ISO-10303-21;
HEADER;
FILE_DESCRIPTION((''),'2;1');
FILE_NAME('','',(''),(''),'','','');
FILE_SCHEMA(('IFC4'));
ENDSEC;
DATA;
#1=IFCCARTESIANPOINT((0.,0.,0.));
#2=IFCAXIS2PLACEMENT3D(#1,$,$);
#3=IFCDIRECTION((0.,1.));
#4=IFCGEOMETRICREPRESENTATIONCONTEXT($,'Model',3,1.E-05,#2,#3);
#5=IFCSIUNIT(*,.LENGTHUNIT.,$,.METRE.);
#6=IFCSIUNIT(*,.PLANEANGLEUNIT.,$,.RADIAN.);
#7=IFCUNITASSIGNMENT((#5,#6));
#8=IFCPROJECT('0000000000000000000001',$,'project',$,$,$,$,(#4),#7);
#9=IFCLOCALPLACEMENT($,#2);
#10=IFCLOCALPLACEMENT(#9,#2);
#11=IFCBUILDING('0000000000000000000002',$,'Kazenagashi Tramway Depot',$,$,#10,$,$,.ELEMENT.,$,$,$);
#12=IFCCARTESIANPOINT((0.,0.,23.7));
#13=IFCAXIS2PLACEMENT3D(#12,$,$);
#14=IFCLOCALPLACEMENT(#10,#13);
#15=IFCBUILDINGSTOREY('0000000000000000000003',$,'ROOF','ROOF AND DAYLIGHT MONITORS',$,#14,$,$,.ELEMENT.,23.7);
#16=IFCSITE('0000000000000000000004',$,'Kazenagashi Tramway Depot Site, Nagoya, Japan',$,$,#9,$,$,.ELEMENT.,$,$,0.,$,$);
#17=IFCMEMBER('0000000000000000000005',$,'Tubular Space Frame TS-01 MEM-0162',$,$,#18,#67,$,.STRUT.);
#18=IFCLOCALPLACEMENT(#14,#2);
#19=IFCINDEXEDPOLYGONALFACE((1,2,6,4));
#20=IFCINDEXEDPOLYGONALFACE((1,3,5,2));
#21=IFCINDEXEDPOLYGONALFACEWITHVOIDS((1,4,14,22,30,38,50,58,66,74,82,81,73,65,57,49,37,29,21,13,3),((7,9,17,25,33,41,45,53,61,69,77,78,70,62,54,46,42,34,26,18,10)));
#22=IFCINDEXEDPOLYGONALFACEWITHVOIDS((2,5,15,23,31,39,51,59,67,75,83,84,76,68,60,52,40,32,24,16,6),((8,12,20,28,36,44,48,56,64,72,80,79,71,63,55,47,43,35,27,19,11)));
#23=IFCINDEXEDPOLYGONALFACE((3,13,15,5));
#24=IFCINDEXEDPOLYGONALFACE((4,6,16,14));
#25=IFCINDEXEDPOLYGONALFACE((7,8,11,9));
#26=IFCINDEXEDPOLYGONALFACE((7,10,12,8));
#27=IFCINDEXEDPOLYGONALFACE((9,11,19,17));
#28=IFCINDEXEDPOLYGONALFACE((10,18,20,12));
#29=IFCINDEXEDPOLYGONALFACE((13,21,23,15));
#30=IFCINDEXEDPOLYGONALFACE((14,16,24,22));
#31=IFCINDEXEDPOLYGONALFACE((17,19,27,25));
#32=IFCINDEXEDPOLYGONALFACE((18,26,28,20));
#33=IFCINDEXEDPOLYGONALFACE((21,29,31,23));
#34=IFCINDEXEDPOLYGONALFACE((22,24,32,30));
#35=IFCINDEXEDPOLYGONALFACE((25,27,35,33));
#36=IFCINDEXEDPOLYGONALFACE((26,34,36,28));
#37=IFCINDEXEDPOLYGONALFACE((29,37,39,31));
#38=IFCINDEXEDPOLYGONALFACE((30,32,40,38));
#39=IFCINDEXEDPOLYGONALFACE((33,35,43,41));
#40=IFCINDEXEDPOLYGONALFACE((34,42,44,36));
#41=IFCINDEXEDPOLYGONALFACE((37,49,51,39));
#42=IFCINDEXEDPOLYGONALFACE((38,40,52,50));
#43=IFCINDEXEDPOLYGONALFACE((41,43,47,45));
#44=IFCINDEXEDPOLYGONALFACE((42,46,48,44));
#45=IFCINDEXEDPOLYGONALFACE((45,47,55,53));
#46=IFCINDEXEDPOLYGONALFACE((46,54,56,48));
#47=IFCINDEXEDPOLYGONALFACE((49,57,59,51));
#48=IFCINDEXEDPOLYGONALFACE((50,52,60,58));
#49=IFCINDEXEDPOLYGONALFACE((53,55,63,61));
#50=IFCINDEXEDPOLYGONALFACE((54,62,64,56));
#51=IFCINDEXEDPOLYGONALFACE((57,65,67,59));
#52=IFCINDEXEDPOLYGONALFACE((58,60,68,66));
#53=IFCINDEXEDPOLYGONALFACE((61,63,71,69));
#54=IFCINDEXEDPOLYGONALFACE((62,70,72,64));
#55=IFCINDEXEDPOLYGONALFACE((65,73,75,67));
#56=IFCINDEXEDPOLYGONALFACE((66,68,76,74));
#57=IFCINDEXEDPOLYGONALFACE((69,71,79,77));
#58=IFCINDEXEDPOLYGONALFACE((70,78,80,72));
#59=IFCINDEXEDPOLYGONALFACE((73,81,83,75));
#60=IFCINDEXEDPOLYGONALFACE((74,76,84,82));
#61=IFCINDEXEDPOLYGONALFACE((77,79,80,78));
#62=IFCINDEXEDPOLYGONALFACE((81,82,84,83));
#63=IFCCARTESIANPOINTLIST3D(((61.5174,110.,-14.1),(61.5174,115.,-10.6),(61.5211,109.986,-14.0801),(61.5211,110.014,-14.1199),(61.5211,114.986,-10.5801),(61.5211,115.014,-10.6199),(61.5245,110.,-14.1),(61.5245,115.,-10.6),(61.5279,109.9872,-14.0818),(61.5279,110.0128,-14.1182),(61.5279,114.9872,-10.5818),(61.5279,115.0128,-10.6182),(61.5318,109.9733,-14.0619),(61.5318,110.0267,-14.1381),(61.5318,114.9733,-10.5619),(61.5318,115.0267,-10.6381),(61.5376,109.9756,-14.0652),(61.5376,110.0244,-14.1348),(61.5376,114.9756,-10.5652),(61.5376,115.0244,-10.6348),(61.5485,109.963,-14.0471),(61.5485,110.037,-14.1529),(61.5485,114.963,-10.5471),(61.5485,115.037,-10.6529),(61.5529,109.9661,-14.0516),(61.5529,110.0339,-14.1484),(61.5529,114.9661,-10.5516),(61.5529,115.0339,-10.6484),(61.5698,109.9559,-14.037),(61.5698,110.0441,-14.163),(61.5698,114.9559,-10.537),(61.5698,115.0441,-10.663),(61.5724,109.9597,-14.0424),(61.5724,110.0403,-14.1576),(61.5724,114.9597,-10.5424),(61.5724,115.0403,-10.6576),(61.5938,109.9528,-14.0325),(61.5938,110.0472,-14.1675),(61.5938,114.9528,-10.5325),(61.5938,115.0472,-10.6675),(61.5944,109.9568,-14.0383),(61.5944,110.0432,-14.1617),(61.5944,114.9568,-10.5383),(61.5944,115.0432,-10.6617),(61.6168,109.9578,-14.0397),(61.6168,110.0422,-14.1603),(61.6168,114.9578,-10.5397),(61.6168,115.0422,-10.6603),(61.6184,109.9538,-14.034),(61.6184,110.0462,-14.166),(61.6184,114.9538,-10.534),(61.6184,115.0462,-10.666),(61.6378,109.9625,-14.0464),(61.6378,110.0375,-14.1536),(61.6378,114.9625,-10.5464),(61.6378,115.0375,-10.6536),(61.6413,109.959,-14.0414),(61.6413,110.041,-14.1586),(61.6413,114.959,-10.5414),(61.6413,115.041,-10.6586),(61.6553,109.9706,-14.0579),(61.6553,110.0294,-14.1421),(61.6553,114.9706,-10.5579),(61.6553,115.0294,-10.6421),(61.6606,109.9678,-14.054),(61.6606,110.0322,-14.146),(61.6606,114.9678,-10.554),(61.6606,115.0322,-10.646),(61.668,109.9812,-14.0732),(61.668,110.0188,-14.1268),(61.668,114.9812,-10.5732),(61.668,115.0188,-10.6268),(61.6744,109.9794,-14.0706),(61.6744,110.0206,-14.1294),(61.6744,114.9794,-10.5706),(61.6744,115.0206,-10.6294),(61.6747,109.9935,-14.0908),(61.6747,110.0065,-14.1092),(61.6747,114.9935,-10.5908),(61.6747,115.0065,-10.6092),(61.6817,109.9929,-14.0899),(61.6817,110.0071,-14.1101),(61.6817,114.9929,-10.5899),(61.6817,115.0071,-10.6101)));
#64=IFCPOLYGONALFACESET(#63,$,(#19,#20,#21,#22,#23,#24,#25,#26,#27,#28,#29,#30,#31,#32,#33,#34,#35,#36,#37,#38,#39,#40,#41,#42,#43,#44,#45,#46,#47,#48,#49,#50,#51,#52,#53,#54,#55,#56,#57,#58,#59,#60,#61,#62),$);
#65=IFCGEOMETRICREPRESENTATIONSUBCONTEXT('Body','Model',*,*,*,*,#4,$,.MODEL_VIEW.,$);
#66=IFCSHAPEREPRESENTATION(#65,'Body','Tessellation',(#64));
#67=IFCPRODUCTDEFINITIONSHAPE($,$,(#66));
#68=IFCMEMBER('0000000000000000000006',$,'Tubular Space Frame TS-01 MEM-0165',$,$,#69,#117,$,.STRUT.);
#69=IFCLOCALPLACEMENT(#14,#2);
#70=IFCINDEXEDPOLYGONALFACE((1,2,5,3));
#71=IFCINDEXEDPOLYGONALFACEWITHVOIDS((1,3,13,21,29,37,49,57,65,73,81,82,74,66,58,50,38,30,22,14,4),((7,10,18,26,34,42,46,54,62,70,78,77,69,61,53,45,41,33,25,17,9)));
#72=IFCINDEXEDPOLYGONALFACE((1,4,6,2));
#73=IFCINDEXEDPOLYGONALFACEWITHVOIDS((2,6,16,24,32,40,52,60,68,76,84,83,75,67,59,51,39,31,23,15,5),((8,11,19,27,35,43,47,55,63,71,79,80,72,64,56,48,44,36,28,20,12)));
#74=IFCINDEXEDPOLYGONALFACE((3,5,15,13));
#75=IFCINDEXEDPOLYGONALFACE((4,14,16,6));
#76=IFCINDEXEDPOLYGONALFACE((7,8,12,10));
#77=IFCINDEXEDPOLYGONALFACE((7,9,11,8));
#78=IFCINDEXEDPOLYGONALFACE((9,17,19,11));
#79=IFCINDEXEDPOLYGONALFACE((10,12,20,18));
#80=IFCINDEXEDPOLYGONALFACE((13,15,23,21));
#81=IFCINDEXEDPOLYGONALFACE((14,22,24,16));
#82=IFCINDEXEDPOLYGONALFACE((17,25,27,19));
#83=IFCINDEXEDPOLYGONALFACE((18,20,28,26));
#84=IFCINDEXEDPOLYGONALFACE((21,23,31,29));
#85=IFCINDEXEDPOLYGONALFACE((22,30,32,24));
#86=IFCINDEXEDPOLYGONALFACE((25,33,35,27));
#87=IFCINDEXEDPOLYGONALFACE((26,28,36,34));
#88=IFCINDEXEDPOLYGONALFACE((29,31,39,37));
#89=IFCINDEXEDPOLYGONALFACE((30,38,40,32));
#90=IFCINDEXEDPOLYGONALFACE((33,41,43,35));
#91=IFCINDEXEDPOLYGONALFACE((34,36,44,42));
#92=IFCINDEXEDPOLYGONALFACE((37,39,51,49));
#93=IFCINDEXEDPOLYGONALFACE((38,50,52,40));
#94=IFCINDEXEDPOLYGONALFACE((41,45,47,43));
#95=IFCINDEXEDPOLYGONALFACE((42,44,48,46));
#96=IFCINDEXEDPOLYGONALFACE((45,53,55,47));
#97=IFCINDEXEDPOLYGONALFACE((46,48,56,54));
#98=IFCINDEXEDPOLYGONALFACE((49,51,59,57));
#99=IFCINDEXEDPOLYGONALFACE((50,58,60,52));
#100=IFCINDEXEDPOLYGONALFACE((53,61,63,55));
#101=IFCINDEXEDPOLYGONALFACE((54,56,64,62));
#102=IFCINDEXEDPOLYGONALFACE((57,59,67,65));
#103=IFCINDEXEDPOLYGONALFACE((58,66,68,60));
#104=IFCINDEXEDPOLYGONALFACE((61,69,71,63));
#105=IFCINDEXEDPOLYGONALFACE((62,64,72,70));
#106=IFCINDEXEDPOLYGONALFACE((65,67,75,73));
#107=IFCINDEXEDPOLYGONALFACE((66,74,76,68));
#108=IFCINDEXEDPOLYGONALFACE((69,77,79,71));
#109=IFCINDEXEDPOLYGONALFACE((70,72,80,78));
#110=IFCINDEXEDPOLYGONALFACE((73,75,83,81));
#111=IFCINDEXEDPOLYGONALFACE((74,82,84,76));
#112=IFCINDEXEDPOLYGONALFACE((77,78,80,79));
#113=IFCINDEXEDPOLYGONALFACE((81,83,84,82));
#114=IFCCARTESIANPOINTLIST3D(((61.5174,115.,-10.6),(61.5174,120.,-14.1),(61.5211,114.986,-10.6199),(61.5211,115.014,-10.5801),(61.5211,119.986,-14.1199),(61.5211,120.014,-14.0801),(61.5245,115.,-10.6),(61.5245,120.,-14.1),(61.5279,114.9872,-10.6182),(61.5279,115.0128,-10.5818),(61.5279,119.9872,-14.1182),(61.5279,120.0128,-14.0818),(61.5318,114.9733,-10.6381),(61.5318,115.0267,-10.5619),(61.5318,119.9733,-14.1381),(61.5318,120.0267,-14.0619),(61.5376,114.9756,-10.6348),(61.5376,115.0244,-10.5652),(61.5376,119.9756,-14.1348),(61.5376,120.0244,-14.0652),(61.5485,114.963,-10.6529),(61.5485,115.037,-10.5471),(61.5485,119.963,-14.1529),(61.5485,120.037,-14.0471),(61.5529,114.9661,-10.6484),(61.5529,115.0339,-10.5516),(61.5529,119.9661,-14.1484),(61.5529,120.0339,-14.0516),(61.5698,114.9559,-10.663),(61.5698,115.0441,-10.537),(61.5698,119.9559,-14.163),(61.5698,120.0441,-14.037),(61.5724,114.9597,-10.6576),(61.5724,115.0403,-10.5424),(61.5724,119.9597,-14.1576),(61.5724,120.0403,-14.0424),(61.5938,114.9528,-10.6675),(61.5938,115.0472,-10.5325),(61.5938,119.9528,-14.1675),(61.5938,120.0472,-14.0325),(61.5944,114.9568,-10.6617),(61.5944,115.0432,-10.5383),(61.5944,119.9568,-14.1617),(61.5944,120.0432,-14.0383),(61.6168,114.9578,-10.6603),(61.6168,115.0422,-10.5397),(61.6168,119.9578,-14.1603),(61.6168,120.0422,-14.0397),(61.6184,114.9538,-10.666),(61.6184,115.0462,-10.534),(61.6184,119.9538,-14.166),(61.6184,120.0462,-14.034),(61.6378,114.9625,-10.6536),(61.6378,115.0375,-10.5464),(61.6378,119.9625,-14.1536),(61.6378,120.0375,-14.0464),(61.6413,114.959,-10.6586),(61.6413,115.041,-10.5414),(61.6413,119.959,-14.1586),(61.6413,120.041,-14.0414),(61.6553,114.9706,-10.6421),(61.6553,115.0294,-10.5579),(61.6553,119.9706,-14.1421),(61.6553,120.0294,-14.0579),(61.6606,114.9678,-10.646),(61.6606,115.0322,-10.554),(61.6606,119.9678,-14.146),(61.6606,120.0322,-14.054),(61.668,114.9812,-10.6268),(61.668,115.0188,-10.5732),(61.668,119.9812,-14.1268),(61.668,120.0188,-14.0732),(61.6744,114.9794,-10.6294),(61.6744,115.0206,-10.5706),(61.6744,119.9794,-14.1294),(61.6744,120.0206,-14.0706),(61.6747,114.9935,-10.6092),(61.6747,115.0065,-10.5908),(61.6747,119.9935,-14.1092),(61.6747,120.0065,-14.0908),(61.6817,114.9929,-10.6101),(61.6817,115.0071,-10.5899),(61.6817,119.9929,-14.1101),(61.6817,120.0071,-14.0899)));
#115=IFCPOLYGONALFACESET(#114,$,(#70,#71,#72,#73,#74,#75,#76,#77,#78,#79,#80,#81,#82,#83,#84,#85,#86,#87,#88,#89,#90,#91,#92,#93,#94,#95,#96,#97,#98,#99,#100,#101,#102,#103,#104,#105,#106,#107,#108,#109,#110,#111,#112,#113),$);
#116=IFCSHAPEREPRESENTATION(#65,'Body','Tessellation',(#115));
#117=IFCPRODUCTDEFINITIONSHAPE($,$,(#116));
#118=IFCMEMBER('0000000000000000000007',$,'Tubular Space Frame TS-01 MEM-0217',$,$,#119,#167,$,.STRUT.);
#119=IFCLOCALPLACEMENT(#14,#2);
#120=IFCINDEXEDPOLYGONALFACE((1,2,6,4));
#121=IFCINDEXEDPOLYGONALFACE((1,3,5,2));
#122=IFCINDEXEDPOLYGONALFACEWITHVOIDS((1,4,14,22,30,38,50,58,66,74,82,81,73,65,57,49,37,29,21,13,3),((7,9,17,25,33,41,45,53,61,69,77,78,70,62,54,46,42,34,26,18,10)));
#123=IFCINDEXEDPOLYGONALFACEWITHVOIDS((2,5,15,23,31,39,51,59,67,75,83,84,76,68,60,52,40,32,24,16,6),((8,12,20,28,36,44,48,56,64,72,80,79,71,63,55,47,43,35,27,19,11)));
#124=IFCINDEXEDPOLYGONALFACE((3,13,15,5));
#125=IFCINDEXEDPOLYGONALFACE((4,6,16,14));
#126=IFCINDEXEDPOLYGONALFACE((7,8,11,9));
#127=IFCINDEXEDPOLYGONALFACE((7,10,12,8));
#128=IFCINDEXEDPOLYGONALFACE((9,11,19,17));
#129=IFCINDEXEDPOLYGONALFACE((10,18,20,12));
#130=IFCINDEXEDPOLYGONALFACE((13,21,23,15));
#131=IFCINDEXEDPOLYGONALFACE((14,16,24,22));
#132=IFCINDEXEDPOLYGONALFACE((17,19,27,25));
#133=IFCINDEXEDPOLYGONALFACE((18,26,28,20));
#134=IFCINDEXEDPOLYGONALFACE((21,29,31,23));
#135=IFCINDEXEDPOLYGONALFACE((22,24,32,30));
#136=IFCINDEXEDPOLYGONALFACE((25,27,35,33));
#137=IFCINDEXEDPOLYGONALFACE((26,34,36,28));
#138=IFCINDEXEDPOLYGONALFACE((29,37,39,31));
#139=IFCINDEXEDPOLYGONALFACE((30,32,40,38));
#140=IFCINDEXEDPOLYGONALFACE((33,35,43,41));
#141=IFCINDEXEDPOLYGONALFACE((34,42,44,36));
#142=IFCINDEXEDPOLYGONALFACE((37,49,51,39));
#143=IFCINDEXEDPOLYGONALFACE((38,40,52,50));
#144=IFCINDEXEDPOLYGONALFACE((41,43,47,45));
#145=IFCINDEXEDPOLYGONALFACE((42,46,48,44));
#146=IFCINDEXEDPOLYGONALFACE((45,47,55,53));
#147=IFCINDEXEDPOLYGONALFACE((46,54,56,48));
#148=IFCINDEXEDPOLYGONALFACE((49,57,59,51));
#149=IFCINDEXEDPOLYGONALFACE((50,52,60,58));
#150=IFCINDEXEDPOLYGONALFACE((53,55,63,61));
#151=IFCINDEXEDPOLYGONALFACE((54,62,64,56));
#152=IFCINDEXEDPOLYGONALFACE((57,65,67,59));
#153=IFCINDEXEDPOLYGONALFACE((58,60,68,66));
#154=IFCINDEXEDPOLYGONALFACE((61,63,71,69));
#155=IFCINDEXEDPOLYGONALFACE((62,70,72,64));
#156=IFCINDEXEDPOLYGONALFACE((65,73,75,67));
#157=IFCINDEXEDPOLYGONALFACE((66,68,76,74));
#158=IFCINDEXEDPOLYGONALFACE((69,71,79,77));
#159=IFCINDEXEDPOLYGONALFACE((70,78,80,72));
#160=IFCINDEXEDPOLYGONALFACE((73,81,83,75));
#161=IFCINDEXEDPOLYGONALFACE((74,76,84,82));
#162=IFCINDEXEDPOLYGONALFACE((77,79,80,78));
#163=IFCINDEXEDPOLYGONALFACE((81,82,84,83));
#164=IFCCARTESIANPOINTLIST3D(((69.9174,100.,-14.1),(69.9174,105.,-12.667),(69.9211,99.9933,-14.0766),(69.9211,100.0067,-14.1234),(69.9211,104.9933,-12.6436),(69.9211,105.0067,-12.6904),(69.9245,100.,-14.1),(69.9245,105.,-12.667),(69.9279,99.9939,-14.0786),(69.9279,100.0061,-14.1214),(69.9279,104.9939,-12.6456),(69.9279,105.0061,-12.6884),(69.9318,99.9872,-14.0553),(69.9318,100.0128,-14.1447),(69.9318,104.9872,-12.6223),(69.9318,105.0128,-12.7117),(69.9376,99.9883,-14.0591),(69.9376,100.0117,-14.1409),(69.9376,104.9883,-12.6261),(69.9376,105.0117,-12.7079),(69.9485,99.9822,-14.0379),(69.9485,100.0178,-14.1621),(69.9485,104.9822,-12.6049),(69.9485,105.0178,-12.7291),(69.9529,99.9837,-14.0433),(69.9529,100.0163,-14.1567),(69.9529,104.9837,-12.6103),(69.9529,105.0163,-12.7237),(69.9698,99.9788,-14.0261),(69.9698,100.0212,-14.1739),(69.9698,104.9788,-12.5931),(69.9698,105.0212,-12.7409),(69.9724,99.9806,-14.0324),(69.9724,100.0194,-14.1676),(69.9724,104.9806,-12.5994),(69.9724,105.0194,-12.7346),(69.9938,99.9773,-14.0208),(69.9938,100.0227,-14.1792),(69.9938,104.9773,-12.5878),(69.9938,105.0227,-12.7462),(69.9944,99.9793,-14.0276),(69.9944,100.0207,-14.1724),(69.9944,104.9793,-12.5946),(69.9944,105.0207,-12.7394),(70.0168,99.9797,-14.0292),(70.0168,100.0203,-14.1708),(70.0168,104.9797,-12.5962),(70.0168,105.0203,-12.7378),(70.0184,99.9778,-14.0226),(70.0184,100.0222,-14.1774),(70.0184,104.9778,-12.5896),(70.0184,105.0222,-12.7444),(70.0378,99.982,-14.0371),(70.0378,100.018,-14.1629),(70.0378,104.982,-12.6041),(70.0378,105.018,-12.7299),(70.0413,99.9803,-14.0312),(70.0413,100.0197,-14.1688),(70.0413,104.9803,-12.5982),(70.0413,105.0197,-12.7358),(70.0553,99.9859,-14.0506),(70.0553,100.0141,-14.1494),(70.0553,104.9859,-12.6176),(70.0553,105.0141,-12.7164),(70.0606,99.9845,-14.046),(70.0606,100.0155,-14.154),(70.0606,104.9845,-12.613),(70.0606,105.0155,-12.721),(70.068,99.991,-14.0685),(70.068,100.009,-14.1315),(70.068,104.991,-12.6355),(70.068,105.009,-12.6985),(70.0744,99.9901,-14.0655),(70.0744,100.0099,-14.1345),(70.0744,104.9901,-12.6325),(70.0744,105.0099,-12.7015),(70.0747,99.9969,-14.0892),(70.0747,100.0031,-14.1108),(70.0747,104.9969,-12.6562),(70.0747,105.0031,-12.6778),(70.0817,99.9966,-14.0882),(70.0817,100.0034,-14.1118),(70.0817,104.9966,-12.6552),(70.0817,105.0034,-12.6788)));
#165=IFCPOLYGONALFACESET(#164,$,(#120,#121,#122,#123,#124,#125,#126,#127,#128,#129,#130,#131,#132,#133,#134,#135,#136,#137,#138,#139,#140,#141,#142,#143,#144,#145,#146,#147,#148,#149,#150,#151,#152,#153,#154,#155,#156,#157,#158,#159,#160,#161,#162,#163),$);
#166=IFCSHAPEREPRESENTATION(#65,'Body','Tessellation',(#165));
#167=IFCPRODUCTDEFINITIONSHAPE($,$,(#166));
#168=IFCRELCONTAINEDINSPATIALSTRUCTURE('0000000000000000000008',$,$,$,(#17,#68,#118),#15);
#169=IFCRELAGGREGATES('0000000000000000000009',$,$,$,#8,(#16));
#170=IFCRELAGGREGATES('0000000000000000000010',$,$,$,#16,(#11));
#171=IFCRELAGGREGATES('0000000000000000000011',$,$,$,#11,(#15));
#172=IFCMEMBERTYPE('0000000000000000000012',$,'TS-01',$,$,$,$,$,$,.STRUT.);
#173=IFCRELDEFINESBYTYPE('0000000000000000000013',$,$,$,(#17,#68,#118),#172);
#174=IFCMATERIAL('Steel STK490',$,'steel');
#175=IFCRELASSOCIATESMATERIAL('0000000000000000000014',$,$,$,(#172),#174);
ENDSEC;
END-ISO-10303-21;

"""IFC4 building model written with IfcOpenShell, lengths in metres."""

from ifc_helpers import new_model, si_unit, direction, frame, origin, origin_2d, place, context, subcontext, project, spatial, hollow_circle, extrude, material, material_profile, profile_set, type_object, element, save


model = new_model("IFC4")

# Units and contexts
model_context = context("Model", 3, precision=1e-05, world=origin(), true_north=direction((0.0, 1.0)))
body_context = subcontext(model_context, "Body", "Model", "MODEL_VIEW")
ifc_project = project(units=[si_unit("LENGTHUNIT", "METRE"), si_unit("PLANEANGLEUNIT", "RADIAN")], contexts=[model_context])

# Site, building, storey
site_placement = place(None, origin())
site = spatial("IfcSite", under=ifc_project, at=site_placement, Name="Kazenagashi Tramway Depot Site, Nagoya, Japan", CompositionType="ELEMENT", RefElevation=0.0)
building_placement = place(site_placement, origin())
building = spatial("IfcBuilding", under=site, at=building_placement, Name="Kazenagashi Tramway Depot", CompositionType="ELEMENT")
storey_placement = place(building_placement, frame((0.0, 0.0, 23.7)))
storey = spatial("IfcBuildingStorey", under=building, at=storey_placement, Name="ROOF", Description="ROOF AND DAYLIGHT MONITORS", CompositionType="ELEMENT", Elevation=23.7)

# Members
ifc_material_1 = material(Name="Steel STK490", Category="steel")
ifc_material_profile_1 = material_profile(ifc_material_1, hollow_circle(Radius=0.0826, WallThickness=0.0071, at=origin_2d()), Name="CHS-165.2x7.1")
ifc_profile_set_1 = profile_set([ifc_material_profile_1], Name="Steel STK490")
member_type_1 = type_object("IfcMemberType", Name="TS-01", PredefinedType="STRUT", material=ifc_profile_set_1)
for number, where, z_axis, x_axis, name in (
    (1, (61.6, 110.0, -14.1), (0.0, 0.819232, 0.573462), (-1.0, 0.0, 0.0), "Tubular Space Frame TS-01 MEM-0162"),
    (2, (61.6, 115.0, -10.6), (0.0, 0.819232, -0.573462), (-1.0, 0.0, 0.0), "Tubular Space Frame TS-01 MEM-0165"),
):
    element("IfcMember", number, at=place(storey_placement, frame(where, z_axis=z_axis, x_axis=x_axis)), inside=storey, type_object=member_type_1, Name=name, PredefinedType="STRUT", context=body_context, shape_type="SweptSolid", body=[
        extrude(hollow_circle(Radius=0.0826, WallThickness=0.0071, at=origin_2d()), origin(), (0.0, 0.0, 1.0), 6.1033),
    ])
member_1_placement = place(storey_placement, frame((70.0, 100.0, -14.1), z_axis=(0.0, 0.961299, 0.275508), x_axis=(-1.0, 0.0, 0.0)))
element("IfcMember", 3, at=member_1_placement, inside=storey, type_object=member_type_1, Name="Tubular Space Frame TS-01 MEM-0217", PredefinedType="STRUT", context=body_context, shape_type="SweptSolid", body=[
    extrude(hollow_circle(Radius=0.0826, WallThickness=0.0071, at=origin_2d()), origin(), (0.0, 0.0, 1.0), 5.2013),
])

save(model, "model.ifc")
